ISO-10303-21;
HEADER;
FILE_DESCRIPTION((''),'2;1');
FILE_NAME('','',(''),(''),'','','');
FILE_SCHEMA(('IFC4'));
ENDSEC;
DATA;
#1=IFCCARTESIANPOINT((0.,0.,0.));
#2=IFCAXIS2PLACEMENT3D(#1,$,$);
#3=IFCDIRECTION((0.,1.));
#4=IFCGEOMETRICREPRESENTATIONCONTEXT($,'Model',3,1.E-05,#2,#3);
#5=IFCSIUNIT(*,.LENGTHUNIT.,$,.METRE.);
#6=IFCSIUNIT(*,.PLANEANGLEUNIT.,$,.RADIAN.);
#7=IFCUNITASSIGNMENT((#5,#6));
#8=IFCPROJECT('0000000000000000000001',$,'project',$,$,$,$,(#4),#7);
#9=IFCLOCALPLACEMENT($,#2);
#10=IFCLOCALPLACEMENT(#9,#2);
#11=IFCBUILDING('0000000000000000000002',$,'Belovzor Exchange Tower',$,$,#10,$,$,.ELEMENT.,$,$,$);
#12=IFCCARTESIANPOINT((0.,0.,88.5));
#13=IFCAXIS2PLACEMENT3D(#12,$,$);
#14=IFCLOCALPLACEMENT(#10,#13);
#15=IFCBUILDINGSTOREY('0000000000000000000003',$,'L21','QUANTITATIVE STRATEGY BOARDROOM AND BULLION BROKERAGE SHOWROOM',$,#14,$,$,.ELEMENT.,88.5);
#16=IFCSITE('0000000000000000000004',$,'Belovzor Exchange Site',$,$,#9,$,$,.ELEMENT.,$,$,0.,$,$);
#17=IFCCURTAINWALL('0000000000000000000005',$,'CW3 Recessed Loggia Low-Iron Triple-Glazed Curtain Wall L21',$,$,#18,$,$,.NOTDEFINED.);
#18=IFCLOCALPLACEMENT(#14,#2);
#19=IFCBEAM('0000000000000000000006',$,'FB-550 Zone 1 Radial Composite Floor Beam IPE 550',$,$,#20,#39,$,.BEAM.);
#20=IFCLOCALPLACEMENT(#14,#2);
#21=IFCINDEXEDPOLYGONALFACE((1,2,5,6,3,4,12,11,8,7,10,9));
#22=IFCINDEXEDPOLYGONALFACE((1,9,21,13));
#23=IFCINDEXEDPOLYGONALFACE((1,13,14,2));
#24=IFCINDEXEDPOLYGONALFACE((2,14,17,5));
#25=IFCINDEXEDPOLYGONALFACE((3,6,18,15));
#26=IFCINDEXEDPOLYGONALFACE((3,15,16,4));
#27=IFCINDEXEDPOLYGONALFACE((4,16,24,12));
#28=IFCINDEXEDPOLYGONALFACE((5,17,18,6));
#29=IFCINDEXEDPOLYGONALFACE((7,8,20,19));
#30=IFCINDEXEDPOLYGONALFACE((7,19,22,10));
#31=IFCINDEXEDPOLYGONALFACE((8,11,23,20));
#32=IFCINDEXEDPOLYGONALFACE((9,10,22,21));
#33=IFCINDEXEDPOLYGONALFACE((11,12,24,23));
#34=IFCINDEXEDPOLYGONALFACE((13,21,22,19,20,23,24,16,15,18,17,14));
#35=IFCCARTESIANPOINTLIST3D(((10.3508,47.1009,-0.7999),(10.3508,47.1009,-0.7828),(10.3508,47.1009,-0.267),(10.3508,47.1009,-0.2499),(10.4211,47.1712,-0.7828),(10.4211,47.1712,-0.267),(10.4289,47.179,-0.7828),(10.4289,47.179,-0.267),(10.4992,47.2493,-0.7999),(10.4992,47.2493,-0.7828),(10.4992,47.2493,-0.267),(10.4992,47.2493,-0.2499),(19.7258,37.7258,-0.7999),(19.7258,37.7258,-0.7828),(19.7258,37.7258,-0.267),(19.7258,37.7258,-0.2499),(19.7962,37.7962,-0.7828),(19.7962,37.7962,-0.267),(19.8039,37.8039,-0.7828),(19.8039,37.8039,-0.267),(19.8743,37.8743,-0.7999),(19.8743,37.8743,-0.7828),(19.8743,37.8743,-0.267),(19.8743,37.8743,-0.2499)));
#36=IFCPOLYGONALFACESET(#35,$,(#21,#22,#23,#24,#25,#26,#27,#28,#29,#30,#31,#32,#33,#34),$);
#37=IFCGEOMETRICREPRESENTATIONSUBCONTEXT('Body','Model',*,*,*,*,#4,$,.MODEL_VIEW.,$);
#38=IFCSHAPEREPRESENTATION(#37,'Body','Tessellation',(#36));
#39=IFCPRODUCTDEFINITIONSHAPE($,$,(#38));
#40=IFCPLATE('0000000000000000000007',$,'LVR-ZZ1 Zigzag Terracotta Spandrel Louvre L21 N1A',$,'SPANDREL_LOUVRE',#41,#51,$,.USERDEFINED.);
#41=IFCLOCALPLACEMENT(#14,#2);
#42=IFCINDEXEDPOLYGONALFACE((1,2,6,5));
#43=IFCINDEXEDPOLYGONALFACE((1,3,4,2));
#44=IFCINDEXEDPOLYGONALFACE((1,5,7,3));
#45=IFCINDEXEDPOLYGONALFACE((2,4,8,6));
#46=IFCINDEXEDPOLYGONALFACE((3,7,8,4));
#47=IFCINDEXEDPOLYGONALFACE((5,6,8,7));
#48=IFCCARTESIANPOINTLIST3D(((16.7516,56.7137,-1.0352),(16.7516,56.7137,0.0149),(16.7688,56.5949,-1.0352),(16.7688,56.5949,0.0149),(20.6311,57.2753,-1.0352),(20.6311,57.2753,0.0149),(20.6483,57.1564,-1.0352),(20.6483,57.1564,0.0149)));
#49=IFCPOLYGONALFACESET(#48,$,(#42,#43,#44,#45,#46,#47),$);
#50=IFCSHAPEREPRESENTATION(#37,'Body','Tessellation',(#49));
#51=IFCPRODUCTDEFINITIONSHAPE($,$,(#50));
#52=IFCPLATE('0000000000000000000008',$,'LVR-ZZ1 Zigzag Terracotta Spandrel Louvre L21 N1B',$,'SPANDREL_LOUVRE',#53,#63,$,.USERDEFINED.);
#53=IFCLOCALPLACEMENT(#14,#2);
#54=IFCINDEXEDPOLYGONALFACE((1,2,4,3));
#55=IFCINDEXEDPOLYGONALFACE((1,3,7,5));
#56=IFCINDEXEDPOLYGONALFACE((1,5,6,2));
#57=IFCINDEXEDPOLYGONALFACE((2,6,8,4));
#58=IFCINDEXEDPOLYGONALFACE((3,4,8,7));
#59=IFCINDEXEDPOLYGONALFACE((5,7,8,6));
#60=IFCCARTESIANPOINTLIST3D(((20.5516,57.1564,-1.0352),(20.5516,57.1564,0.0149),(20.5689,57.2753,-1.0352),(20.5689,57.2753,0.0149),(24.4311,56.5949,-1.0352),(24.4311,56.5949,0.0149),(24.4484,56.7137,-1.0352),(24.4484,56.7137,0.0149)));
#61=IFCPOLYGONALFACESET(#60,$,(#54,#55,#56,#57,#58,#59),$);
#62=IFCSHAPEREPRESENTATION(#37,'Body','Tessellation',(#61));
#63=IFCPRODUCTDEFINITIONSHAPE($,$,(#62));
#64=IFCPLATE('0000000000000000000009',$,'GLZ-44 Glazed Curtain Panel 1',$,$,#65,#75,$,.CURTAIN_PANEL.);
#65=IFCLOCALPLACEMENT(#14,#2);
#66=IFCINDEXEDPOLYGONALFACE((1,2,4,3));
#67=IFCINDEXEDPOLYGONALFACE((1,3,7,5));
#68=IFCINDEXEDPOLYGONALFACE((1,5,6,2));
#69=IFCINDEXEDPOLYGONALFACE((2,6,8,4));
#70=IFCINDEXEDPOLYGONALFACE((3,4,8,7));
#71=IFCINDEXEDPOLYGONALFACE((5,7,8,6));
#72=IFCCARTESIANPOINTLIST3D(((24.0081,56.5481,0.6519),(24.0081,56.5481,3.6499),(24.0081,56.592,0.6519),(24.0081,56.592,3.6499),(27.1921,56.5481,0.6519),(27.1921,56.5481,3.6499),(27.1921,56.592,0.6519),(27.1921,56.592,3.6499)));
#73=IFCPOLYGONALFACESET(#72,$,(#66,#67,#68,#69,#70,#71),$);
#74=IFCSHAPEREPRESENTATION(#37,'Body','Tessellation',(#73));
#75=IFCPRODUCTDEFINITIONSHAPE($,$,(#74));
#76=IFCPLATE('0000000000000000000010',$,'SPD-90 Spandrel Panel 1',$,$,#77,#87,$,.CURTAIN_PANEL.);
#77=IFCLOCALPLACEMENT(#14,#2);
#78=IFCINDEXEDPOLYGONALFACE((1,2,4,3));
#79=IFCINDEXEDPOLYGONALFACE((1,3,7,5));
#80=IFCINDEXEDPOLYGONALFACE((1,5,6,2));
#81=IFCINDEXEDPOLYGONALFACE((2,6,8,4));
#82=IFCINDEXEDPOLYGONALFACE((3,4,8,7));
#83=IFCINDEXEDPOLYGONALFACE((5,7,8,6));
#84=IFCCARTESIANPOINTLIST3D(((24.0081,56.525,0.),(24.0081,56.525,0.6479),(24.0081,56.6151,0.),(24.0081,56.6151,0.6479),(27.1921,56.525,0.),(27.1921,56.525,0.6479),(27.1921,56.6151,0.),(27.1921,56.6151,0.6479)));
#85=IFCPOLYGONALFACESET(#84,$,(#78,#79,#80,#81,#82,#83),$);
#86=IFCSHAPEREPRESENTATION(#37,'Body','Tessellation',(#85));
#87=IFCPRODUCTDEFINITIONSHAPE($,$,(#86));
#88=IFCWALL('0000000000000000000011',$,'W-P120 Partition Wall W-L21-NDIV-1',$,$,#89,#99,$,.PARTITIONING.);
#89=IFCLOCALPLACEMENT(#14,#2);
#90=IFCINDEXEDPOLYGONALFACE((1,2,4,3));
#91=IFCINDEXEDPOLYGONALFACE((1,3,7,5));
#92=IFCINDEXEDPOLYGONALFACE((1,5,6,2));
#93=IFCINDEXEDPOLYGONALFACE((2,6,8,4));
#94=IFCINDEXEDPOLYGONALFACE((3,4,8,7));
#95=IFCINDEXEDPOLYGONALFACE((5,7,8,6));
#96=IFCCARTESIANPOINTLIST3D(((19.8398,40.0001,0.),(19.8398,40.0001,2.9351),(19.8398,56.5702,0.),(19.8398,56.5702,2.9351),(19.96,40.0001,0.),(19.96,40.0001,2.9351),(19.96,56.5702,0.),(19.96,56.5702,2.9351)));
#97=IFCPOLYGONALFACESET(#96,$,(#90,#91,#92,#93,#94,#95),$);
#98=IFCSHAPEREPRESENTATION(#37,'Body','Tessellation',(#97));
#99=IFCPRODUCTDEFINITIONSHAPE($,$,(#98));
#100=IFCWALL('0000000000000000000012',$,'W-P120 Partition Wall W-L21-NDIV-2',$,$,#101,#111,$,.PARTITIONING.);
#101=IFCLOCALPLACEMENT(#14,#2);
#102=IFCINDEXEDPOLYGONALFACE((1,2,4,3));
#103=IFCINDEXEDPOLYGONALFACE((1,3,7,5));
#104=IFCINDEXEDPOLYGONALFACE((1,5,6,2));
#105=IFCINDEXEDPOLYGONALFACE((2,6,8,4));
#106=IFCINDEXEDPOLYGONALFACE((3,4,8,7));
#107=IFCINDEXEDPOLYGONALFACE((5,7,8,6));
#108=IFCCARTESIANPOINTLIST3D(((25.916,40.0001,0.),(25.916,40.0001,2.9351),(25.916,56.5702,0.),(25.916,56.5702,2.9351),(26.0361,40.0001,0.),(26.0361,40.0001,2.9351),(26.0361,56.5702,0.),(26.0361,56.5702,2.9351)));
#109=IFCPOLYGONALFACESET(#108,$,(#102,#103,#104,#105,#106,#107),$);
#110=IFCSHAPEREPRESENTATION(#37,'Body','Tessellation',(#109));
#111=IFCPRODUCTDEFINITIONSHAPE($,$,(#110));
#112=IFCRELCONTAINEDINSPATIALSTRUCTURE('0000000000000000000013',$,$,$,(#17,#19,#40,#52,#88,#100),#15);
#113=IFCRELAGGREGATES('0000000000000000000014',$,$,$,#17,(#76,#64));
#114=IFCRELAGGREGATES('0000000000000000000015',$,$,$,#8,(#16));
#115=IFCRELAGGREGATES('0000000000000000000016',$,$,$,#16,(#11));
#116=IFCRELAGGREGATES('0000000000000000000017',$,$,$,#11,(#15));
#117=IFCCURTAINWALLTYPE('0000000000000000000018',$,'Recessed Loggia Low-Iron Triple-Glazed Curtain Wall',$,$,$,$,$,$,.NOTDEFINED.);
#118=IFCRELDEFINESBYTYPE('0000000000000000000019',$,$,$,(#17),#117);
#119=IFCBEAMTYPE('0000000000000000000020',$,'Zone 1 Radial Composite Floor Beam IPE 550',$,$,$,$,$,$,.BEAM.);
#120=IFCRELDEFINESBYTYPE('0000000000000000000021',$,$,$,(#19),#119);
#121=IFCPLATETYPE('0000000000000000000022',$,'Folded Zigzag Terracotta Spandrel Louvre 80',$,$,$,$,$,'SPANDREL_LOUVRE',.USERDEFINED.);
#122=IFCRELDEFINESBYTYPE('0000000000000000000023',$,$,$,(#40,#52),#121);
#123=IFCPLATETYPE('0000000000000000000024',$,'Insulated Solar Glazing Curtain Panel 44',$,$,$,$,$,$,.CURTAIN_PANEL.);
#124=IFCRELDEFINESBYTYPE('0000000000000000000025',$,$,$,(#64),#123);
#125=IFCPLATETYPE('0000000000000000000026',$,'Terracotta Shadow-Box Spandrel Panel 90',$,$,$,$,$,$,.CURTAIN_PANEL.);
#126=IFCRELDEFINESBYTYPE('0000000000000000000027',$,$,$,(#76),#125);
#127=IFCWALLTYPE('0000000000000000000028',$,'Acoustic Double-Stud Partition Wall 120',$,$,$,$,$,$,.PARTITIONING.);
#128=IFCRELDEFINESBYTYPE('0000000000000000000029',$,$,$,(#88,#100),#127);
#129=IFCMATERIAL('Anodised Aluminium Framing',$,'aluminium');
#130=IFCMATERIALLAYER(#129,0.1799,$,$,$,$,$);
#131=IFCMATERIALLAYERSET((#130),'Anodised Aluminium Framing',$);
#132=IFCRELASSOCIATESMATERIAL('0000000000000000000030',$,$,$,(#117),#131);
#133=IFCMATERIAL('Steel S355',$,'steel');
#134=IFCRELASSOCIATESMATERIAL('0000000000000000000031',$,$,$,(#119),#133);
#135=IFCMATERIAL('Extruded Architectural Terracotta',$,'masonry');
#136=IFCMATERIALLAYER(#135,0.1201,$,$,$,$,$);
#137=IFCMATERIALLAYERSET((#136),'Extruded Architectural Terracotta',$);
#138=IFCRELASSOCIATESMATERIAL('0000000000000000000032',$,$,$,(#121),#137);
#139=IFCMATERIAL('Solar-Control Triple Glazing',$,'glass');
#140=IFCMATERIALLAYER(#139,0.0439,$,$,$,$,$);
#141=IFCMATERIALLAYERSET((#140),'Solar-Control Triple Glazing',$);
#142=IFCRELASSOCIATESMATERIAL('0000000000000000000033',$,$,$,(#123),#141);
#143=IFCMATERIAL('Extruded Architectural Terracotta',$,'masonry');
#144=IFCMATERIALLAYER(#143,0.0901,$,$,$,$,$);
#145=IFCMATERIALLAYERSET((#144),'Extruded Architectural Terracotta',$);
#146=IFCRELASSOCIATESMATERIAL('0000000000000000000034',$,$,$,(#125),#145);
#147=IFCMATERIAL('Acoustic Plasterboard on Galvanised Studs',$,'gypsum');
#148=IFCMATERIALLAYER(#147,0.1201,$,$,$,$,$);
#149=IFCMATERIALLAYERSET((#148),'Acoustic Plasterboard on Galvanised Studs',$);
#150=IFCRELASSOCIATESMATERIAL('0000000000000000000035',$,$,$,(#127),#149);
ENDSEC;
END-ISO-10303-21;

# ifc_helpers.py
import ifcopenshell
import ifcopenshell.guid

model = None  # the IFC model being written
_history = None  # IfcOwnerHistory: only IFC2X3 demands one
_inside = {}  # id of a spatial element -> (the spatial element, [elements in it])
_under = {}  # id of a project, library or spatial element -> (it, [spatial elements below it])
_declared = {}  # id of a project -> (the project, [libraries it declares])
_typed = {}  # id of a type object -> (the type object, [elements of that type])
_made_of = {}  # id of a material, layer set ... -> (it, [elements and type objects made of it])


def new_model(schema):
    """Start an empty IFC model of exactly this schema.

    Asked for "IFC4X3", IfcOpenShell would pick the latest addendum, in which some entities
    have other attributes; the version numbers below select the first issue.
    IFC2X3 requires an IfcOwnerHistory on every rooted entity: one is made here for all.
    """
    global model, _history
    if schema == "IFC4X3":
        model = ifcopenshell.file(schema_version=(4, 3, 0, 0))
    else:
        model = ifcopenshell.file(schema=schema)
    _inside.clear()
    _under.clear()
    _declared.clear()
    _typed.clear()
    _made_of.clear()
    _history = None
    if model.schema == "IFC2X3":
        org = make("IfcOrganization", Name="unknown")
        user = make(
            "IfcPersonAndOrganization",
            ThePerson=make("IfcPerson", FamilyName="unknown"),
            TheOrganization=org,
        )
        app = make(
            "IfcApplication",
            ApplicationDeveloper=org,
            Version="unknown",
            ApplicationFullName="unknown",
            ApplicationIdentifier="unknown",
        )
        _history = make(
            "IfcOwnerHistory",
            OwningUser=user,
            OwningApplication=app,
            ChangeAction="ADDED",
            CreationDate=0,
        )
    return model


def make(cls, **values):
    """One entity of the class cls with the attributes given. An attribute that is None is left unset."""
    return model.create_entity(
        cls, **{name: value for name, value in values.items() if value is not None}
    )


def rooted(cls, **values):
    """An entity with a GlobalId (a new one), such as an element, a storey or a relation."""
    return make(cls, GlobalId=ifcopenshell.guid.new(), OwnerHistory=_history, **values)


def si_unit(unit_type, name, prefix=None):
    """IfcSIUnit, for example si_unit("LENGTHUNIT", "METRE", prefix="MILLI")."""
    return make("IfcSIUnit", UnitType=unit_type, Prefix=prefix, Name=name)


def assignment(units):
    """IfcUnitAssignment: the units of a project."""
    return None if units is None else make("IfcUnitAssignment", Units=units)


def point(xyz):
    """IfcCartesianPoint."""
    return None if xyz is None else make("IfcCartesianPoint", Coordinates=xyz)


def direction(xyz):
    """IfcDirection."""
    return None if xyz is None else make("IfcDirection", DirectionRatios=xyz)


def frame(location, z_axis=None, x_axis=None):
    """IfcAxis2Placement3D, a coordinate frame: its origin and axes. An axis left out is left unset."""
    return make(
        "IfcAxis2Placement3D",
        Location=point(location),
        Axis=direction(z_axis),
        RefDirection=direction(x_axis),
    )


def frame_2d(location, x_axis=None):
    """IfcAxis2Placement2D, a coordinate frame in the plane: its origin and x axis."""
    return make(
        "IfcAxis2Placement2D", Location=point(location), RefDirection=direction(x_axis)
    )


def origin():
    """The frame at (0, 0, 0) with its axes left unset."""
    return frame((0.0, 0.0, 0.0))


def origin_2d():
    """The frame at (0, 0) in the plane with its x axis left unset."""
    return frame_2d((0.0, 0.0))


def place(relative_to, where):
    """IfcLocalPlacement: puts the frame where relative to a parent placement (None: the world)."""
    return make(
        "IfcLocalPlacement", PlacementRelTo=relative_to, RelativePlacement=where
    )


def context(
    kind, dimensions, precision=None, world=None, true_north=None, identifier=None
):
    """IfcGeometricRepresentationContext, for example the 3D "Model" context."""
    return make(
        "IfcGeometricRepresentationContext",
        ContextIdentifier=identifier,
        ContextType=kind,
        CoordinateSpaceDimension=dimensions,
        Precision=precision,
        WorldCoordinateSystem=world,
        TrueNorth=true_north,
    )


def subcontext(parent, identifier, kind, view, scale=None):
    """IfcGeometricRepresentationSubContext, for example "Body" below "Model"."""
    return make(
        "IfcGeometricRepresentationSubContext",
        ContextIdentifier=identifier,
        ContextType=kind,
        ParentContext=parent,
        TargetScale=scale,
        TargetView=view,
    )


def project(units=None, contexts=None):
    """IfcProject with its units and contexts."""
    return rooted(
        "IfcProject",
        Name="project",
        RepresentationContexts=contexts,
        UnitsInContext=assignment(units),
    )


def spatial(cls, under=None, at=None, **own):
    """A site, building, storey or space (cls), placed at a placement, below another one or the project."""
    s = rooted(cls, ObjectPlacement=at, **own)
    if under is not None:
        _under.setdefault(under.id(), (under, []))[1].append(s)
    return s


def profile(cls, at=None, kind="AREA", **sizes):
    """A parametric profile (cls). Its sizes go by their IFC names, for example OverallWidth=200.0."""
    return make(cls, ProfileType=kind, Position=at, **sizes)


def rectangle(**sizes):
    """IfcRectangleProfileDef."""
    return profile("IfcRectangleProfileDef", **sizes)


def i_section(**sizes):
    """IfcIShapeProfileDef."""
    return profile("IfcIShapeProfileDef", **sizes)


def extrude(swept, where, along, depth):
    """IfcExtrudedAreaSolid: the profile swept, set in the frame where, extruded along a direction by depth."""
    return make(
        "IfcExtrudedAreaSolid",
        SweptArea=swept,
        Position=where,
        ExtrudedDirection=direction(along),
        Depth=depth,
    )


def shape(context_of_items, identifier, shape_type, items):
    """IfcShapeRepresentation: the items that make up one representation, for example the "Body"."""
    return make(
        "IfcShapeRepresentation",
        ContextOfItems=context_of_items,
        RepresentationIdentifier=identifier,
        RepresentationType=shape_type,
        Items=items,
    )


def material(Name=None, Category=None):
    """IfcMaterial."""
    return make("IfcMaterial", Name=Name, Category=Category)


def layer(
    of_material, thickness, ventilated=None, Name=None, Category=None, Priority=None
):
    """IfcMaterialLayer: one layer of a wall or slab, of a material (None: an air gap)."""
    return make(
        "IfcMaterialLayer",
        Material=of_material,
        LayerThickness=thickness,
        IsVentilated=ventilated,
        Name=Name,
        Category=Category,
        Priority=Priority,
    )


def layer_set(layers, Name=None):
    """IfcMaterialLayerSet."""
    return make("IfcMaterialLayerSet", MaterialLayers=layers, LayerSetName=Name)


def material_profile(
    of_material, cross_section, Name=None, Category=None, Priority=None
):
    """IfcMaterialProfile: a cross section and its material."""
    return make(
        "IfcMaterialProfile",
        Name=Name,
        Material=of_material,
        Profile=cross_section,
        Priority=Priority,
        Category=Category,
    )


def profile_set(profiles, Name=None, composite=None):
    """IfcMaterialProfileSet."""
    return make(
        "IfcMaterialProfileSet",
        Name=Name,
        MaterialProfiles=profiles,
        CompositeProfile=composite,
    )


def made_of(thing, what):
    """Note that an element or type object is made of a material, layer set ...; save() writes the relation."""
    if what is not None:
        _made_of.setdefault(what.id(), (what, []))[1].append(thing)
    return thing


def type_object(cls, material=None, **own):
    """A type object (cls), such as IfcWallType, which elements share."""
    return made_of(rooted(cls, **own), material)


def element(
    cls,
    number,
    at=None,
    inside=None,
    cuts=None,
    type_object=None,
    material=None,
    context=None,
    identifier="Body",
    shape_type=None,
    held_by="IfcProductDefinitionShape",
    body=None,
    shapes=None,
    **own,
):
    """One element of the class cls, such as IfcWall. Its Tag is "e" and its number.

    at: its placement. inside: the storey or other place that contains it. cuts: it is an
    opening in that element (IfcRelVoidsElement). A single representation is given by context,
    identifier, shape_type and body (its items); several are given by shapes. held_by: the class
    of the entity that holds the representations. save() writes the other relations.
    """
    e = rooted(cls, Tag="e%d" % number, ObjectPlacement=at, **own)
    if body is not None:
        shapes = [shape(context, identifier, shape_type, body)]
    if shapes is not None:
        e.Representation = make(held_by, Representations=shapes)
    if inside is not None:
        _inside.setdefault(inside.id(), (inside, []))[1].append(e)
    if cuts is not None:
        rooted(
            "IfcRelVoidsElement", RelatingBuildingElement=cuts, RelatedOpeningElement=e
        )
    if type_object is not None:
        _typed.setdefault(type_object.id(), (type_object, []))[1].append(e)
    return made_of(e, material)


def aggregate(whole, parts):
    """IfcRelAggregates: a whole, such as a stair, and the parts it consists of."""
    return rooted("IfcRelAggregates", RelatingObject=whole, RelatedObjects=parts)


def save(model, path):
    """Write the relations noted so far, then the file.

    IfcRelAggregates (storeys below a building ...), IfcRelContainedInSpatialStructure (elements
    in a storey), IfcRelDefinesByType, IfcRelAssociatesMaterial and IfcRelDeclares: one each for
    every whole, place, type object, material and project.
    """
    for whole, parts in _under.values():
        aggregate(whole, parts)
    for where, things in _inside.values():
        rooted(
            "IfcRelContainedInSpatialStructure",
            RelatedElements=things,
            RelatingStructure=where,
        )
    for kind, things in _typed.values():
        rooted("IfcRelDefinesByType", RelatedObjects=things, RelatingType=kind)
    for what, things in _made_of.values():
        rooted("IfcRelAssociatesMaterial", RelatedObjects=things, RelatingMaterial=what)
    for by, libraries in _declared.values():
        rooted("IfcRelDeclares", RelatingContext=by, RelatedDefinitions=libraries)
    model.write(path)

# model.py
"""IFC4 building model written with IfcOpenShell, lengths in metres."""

from ifc_helpers import new_model, si_unit, direction, frame, frame_2d, origin, origin_2d, place, context, subcontext, project, spatial, rectangle, i_section, extrude, material, layer, layer_set, material_profile, profile_set, type_object, element, aggregate, save


model = new_model("IFC4")

# Units and contexts
model_context = context("Model", 3, precision=1e-05, world=origin(), true_north=direction((0.0, 1.0)))
body_context = subcontext(model_context, "Body", "Model", "MODEL_VIEW")
ifc_project = project(units=[si_unit("LENGTHUNIT", "METRE"), si_unit("PLANEANGLEUNIT", "RADIAN")], contexts=[model_context])

# Site, building, storey
site_placement = place(None, origin())
site = spatial("IfcSite", under=ifc_project, at=site_placement, Name="Belovzor Exchange Site", CompositionType="ELEMENT", RefElevation=0.0)
building_placement = place(site_placement, origin())
building = spatial("IfcBuilding", under=site, at=building_placement, Name="Belovzor Exchange Tower", CompositionType="ELEMENT")
storey_placement = place(building_placement, frame((0.0, 0.0, 88.5)))
storey = spatial("IfcBuildingStorey", under=building, at=storey_placement, Name="L21", Description="QUANTITATIVE STRATEGY BOARDROOM AND BULLION BROKERAGE SHOWROOM", CompositionType="ELEMENT", Elevation=88.5)

# Curtain wall
ifc_material_1 = material(Name="Anodised Aluminium Framing", Category="aluminium")
ifc_layer_1 = layer(ifc_material_1, 0.1799)
ifc_layer_set_1 = layer_set([ifc_layer_1], Name="Anodised Aluminium Framing")
curtain_wall_type = type_object("IfcCurtainWallType", Name="Recessed Loggia Low-Iron Triple-Glazed Curtain Wall", PredefinedType="NOTDEFINED", material=ifc_layer_set_1)
curtain_wall_placement = place(storey_placement, origin())
curtain_wall = element("IfcCurtainWall", 1, at=curtain_wall_placement, inside=storey, type_object=curtain_wall_type, Name="CW3 Recessed Loggia Low-Iron Triple-Glazed Curtain Wall L21", PredefinedType="NOTDEFINED")

# Beam
ifc_material_2 = material(Name="Steel S355", Category="steel")
ifc_material_profile_1 = material_profile(ifc_material_2, i_section(OverallWidth=0.21, OverallDepth=0.55, WebThickness=0.011, FlangeThickness=0.0171, at=origin_2d()))
ifc_profile_set_1 = profile_set([ifc_material_profile_1], Name="Steel S355")
beam_type_1 = type_object("IfcBeamType", Name="Zone 1 Radial Composite Floor Beam IPE 550", PredefinedType="BEAM", material=ifc_profile_set_1)
beam_1_placement = place(storey_placement, frame((19.8, 37.8, -0.5249), z_axis=(-0.707107, 0.707107, 0.0), x_axis=(-0.707107, -0.707107, 0.0)))
element("IfcBeam", 2, at=beam_1_placement, inside=storey, type_object=beam_type_1, Name="FB-550 Zone 1 Radial Composite Floor Beam IPE 550", PredefinedType="BEAM", context=body_context, shape_type="SweptSolid", body=[
    extrude(i_section(OverallWidth=0.21, OverallDepth=0.55, WebThickness=0.011, FlangeThickness=0.0171, at=origin_2d()), origin(), (0.0, 0.0, 1.0), 13.2583),
])

# Plates
ifc_material_3 = material(Name="Extruded Architectural Terracotta", Category="masonry")
ifc_layer_2 = layer(ifc_material_3, 0.1201)
ifc_layer_set_2 = layer_set([ifc_layer_2], Name="Extruded Architectural Terracotta")
plate_type_1 = type_object("IfcPlateType", Name="Folded Zigzag Terracotta Spandrel Louvre 80", ElementType="SPANDREL_LOUVRE", PredefinedType="USERDEFINED", material=ifc_layer_set_2)
for number, where, z_axis, x_axis, name in (
    (3, (18.7, 56.9351, -1.0352), (0.0, 0.0, 1.0), (0.989686, 0.143251, 0.0), "LVR-ZZ1 Zigzag Terracotta Spandrel Louvre L21 N1A"),
    (4, (22.5, 56.9351, -1.0352), (0.0, 0.0, 1.0), (0.989686, -0.143251, 0.0), "LVR-ZZ1 Zigzag Terracotta Spandrel Louvre L21 N1B"),
):
    element("IfcPlate", number, at=place(storey_placement, frame(where, z_axis=z_axis, x_axis=x_axis)), inside=storey, type_object=plate_type_1, Name=name, ObjectType="SPANDREL_LOUVRE", PredefinedType="USERDEFINED", context=body_context, shape_type="SweptSolid", body=[
        extrude(rectangle(XDim=3.9199, YDim=0.1201, at=origin_2d()), origin(), (0.0, 0.0, 1.0), 1.05),
    ])

# Plates
ifc_material_4 = material(Name="Solar-Control Triple Glazing", Category="glass")
ifc_layer_3 = layer(ifc_material_4, 0.0439)
ifc_layer_set_3 = layer_set([ifc_layer_3], Name="Solar-Control Triple Glazing")
plate_type_2 = type_object("IfcPlateType", Name="Insulated Solar Glazing Curtain Panel 44", PredefinedType="CURTAIN_PANEL", material=ifc_layer_set_3)
plate_1_placement = place(storey_placement, frame((25.6001, 56.5701, 0.6519), z_axis=(0.0, 0.0, 1.0), x_axis=(1.0, 0.0, 0.0)))
plate_1 = element("IfcPlate", 5, at=plate_1_placement, type_object=plate_type_2, Name="GLZ-44 Glazed Curtain Panel 1", PredefinedType="CURTAIN_PANEL", context=body_context, shape_type="SweptSolid", body=[
    extrude(rectangle(XDim=3.1841, YDim=0.0439, at=origin_2d()), origin(), (0.0, 0.0, 1.0), 2.998),
])
ifc_material_5 = material(Name="Extruded Architectural Terracotta", Category="masonry")
ifc_layer_4 = layer(ifc_material_5, 0.0901)
ifc_layer_set_4 = layer_set([ifc_layer_4], Name="Extruded Architectural Terracotta")
plate_type_3 = type_object("IfcPlateType", Name="Terracotta Shadow-Box Spandrel Panel 90", PredefinedType="CURTAIN_PANEL", material=ifc_layer_set_4)
plate_2_placement = place(storey_placement, frame((25.6001, 56.5701, 0.0), z_axis=(0.0, 0.0, 1.0), x_axis=(1.0, 0.0, 0.0)))
plate_2 = element("IfcPlate", 6, at=plate_2_placement, type_object=plate_type_3, Name="SPD-90 Spandrel Panel 1", PredefinedType="CURTAIN_PANEL", context=body_context, shape_type="SweptSolid", body=[
    extrude(rectangle(XDim=3.1841, YDim=0.0901, at=origin_2d()), origin(), (0.0, 0.0, 1.0), 0.6479),
])
aggregate(curtain_wall, [plate_2, plate_1])

# Walls
ifc_material_6 = material(Name="Acoustic Plasterboard on Galvanised Studs", Category="gypsum")
ifc_layer_5 = layer(ifc_material_6, 0.1201)
ifc_layer_set_5 = layer_set([ifc_layer_5], Name="Acoustic Plasterboard on Galvanised Studs")
wall_type_1 = type_object("IfcWallType", Name="Acoustic Double-Stud Partition Wall 120", PredefinedType="PARTITIONING", material=ifc_layer_set_5)
for number, where, z_axis, x_axis, name in (
    (7, (19.8999, 40.0, 0.0), (0.0, 0.0, 1.0), (0.0, 1.0, 0.0), "W-P120 Partition Wall W-L21-NDIV-1"),
    (8, (25.9761, 40.0, 0.0), (0.0, 0.0, 1.0), (0.0, 1.0, 0.0), "W-P120 Partition Wall W-L21-NDIV-2"),
):
    element("IfcWall", number, at=place(storey_placement, frame(where, z_axis=z_axis, x_axis=x_axis)), inside=storey, type_object=wall_type_1, Name=name, PredefinedType="PARTITIONING", context=body_context, shape_type="SweptSolid", body=[
        extrude(rectangle(XDim=16.5701, YDim=0.1201, at=frame_2d((8.2852, 0.0))), origin(), (0.0, 0.0, 1.0), 2.9351),
    ])

save(model, "model.ifc")
